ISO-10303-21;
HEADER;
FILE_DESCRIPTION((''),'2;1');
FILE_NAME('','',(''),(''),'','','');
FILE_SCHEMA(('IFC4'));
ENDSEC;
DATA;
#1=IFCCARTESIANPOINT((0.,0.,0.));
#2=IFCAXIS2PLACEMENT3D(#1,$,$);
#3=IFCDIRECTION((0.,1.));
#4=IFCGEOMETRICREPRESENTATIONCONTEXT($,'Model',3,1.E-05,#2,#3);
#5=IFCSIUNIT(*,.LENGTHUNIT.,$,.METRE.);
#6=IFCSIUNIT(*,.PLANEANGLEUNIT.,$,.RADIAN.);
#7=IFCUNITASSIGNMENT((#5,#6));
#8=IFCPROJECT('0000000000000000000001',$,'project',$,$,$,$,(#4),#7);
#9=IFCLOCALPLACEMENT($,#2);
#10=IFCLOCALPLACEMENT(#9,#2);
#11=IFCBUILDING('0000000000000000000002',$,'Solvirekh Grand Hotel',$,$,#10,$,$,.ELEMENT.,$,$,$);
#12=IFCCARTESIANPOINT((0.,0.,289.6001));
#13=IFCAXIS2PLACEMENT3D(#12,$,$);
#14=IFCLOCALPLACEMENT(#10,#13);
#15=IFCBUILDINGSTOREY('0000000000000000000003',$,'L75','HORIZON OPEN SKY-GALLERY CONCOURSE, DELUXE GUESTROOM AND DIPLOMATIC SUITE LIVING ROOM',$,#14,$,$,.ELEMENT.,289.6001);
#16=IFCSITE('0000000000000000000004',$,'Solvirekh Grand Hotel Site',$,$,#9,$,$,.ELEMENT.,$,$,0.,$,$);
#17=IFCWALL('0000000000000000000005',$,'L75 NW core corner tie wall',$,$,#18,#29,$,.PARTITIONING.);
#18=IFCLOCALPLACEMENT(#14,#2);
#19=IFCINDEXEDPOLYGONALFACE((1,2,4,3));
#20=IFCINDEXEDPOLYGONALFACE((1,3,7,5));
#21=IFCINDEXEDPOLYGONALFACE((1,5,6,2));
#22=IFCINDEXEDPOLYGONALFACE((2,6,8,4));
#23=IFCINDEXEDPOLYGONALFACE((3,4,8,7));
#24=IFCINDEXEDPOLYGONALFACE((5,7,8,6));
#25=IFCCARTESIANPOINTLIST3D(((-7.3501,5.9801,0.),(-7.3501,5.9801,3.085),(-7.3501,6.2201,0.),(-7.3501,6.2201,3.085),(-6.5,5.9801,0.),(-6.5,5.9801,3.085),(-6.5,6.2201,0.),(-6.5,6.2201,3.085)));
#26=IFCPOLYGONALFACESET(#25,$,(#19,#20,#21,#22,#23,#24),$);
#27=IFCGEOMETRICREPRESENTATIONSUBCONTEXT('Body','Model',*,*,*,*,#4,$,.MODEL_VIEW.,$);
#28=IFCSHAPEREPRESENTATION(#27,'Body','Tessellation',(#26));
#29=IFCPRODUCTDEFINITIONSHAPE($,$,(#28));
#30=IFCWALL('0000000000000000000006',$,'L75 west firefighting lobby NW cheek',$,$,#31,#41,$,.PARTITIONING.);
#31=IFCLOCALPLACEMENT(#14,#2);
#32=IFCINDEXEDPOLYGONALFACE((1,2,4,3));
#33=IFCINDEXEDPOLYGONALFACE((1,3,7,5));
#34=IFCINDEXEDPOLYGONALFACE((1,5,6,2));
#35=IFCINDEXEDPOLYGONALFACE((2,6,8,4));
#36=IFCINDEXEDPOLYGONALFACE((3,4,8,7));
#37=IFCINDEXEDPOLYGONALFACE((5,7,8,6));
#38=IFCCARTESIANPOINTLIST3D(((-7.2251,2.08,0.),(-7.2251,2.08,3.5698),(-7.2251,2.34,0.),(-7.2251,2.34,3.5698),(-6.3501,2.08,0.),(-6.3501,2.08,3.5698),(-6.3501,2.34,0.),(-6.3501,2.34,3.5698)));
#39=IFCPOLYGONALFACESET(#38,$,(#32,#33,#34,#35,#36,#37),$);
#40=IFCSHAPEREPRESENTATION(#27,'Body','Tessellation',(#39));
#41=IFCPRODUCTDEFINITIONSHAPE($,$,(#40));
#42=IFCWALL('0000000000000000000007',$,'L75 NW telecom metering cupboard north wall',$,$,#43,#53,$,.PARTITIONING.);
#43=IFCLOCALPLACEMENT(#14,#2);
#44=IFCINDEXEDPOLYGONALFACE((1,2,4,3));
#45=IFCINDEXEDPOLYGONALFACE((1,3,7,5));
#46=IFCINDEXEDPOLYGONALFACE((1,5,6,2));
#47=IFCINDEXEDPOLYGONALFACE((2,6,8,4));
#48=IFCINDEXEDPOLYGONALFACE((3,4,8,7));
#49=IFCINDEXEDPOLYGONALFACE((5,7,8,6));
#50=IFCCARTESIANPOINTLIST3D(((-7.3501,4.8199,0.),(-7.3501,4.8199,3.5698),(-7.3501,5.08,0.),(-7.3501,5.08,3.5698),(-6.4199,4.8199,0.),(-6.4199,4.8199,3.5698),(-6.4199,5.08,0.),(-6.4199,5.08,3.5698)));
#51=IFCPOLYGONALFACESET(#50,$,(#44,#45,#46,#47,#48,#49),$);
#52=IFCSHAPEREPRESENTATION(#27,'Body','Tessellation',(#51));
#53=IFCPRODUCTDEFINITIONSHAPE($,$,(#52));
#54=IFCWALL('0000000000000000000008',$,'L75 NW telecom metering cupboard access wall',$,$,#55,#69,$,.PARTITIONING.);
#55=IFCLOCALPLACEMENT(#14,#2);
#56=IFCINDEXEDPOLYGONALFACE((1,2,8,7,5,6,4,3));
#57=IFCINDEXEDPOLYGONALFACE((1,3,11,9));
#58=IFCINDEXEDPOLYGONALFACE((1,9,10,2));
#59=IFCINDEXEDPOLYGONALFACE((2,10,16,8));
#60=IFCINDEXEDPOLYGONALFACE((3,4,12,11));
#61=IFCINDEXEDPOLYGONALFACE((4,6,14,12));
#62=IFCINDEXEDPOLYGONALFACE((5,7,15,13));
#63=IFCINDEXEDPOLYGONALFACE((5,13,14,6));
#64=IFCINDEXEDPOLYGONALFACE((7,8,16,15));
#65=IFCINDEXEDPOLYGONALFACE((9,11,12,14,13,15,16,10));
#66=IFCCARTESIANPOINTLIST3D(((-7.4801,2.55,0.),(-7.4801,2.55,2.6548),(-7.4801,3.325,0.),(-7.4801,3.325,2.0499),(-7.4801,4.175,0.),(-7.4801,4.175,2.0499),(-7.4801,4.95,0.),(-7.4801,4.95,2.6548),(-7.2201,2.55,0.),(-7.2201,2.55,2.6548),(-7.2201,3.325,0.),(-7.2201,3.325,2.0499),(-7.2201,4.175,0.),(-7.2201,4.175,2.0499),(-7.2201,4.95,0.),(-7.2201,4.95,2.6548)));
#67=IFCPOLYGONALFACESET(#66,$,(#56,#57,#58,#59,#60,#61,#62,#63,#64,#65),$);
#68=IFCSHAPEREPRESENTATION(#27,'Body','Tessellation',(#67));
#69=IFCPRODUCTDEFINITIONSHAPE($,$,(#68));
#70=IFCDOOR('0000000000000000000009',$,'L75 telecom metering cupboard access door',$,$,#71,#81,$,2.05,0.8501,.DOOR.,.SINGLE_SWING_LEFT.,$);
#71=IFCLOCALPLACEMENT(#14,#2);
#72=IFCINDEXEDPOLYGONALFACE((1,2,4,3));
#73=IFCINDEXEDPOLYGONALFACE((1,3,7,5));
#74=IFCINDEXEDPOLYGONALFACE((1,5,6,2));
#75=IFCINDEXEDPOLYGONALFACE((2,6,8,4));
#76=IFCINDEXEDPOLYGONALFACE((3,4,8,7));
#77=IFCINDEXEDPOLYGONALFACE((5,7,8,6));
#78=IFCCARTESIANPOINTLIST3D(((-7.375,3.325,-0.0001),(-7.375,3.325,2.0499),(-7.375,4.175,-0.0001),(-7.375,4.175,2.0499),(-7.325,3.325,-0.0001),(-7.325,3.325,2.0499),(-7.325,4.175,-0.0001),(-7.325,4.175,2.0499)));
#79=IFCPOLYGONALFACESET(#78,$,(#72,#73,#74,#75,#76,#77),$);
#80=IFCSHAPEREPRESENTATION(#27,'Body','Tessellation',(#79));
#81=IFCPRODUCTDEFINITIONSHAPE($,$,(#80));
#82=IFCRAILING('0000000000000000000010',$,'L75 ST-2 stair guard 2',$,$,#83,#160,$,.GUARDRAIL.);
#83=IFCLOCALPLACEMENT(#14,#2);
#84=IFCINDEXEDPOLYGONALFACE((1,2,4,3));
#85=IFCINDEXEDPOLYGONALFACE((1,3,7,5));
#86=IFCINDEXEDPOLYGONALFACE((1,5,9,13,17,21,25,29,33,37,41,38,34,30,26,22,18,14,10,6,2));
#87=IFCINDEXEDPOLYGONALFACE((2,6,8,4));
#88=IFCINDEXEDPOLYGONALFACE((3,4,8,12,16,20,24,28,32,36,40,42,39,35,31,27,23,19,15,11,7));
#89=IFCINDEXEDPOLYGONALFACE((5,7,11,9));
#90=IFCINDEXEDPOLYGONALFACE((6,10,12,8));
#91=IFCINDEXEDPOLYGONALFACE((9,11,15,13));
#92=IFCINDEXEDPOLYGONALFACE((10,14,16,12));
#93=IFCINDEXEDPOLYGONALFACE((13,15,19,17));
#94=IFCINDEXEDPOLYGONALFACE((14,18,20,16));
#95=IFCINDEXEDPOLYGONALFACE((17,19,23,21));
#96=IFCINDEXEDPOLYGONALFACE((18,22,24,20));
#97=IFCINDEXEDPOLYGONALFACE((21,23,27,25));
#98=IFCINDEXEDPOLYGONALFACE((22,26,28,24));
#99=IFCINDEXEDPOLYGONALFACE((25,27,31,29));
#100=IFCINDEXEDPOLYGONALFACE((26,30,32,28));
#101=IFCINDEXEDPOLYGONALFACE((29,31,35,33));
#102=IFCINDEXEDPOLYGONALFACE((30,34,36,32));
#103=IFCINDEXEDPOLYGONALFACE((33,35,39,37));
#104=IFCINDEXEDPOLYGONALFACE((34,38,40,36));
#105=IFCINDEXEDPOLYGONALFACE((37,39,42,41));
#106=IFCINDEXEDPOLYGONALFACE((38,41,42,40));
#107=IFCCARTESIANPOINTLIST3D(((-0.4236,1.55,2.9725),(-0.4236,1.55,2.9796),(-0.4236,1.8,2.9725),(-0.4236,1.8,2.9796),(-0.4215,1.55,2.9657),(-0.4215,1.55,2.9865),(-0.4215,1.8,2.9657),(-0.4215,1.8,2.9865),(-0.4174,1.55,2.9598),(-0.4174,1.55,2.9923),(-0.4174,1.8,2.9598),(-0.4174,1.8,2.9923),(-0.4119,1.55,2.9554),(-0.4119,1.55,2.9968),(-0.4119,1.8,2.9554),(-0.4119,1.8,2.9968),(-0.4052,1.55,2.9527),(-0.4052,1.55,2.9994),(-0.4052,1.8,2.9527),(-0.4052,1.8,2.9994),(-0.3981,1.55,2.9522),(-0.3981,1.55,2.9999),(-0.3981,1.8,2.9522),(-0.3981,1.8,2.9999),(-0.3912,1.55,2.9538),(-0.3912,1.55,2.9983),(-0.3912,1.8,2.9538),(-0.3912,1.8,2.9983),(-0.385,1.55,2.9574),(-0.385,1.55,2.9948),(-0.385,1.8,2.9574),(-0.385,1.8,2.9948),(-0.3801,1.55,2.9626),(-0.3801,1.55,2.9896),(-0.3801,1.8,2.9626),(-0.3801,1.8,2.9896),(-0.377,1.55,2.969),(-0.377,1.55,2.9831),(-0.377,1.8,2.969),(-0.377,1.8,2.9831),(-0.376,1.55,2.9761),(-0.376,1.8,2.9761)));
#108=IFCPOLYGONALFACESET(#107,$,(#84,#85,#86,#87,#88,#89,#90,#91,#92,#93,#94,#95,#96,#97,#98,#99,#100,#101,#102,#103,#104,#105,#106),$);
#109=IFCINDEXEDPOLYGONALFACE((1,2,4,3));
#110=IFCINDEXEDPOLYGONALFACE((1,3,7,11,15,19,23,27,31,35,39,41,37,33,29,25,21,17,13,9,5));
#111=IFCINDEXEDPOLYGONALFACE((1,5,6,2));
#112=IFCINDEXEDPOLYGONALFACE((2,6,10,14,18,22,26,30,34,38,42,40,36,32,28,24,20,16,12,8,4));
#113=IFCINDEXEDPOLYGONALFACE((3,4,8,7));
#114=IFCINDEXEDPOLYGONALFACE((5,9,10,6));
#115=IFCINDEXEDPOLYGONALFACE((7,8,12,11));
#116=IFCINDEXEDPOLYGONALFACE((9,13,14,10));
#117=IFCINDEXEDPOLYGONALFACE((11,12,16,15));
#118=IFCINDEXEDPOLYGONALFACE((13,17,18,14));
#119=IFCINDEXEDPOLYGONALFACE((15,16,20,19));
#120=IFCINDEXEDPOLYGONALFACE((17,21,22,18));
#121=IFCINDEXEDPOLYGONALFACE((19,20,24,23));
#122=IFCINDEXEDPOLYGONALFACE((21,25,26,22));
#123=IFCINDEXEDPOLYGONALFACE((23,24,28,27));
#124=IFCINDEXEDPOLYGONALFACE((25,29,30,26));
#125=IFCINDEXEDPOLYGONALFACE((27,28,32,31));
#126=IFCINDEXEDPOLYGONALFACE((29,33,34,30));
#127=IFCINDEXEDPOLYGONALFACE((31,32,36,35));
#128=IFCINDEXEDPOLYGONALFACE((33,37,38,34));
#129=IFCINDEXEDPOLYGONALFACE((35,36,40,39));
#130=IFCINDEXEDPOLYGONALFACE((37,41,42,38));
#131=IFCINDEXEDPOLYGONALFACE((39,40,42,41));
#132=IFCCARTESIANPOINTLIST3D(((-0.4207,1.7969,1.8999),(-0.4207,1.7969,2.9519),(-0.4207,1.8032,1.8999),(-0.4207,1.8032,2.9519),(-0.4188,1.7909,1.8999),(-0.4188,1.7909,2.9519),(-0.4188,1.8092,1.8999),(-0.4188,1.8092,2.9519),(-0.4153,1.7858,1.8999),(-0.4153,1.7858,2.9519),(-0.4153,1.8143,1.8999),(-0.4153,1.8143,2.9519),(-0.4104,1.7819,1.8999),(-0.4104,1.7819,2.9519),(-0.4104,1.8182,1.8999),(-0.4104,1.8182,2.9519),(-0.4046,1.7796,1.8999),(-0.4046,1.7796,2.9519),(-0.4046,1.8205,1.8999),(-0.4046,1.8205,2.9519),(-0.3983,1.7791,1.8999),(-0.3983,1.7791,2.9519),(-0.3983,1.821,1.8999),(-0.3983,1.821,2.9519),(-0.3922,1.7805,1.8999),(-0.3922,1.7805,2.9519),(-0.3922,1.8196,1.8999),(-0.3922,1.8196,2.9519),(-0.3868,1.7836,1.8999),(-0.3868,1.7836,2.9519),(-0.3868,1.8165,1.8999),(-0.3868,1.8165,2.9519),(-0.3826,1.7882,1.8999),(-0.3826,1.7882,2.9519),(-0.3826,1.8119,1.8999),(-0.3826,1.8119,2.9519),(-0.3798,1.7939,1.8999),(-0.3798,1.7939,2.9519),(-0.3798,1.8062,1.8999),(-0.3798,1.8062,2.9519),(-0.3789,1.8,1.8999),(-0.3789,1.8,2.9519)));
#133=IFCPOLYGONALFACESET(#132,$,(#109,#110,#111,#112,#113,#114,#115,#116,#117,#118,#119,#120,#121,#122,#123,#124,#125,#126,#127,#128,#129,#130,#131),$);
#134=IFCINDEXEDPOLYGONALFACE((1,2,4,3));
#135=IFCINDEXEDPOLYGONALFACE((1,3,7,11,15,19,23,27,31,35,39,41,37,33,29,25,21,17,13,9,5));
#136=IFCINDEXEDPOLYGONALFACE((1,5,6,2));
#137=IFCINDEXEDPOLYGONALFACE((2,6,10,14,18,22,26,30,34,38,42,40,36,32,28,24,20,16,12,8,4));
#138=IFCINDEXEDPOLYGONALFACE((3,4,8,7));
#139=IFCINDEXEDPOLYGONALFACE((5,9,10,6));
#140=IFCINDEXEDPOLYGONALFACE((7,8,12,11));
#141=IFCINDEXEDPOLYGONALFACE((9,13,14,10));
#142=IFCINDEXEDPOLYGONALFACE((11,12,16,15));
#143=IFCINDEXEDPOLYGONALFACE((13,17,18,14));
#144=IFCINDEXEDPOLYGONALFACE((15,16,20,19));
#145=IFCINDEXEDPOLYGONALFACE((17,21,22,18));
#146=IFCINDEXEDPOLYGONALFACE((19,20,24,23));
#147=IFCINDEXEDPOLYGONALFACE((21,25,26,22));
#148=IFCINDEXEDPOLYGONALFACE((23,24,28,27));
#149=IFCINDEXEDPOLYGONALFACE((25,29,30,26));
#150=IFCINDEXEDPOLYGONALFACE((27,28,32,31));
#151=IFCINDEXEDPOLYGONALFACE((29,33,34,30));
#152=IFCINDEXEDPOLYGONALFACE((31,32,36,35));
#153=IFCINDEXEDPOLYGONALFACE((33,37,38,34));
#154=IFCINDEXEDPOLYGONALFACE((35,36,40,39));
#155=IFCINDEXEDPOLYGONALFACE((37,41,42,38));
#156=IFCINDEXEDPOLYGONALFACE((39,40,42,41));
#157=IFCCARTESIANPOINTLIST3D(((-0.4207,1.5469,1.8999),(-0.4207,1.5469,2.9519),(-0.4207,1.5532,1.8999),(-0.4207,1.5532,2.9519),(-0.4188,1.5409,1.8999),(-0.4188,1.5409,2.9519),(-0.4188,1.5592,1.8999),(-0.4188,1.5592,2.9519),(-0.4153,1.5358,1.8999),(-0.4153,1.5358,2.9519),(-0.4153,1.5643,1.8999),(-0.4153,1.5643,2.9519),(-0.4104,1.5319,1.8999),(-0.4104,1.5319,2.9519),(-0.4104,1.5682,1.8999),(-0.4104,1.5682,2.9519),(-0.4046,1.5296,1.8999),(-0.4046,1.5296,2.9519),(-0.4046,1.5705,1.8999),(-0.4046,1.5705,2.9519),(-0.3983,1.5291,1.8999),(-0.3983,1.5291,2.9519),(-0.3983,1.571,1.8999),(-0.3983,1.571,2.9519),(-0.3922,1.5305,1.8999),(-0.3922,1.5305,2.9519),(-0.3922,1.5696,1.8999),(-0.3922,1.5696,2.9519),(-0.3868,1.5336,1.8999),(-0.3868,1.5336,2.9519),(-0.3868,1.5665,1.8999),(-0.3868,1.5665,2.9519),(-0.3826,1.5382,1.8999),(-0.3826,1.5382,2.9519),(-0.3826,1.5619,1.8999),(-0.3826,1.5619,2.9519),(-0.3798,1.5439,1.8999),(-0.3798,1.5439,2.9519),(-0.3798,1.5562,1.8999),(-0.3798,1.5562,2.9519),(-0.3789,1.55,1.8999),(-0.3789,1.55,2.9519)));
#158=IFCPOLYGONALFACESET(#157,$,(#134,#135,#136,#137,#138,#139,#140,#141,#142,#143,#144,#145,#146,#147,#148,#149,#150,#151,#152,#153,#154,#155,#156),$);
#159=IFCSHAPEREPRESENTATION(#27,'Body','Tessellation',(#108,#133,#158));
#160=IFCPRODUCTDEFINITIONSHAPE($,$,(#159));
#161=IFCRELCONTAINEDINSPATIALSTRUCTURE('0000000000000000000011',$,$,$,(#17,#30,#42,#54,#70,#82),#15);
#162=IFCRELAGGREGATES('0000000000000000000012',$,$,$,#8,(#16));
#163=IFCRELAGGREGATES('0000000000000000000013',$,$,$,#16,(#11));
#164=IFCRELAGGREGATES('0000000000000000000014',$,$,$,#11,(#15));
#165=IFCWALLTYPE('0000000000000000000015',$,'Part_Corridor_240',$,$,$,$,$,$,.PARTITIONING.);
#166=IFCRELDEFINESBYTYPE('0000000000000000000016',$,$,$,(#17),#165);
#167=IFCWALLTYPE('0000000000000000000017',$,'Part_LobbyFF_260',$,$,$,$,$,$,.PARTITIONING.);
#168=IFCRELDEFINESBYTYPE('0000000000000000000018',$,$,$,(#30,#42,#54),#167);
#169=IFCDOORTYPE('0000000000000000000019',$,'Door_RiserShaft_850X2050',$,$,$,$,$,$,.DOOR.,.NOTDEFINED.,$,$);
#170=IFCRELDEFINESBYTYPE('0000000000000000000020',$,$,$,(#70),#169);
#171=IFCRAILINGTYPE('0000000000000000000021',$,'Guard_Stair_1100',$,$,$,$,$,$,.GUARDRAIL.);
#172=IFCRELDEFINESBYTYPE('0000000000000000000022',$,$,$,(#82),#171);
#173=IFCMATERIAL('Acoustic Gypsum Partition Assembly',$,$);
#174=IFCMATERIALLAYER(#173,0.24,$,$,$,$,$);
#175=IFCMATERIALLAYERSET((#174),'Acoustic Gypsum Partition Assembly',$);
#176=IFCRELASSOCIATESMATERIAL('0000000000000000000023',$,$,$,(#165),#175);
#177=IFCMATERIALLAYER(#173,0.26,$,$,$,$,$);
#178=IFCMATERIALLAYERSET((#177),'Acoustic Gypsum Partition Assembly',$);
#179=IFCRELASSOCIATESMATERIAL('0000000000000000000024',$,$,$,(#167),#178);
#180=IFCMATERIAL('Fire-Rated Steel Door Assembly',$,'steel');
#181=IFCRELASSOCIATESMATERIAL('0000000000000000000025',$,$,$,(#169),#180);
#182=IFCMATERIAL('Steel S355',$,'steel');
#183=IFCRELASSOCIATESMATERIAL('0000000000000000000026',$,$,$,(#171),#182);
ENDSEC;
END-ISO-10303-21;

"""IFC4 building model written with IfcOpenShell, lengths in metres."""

from ifc_helpers import new_model, si_unit, direction, frame, frame_2d, origin, origin_2d, place, context, subcontext, project, spatial, rectangle, circle, extrude, material, layer, layer_set, type_object, element, fill, save


model = new_model("IFC4")

# Units and contexts
model_context = context("Model", 3, precision=1e-05, world=origin(), true_north=direction((0.0, 1.0)))
body_context = subcontext(model_context, "Body", "Model", "MODEL_VIEW")
ifc_project = project(units=[si_unit("LENGTHUNIT", "METRE"), si_unit("PLANEANGLEUNIT", "RADIAN")], contexts=[model_context])

# Site, building, storey
site_placement = place(None, origin())
site = spatial("IfcSite", under=ifc_project, at=site_placement, Name="Solvirekh Grand Hotel Site", CompositionType="ELEMENT", RefElevation=0.0)
building_placement = place(site_placement, origin())
building = spatial("IfcBuilding", under=site, at=building_placement, Name="Solvirekh Grand Hotel", CompositionType="ELEMENT")
storey_placement = place(building_placement, frame((0.0, 0.0, 289.6001)))
storey = spatial("IfcBuildingStorey", under=building, at=storey_placement, Name="L75", Description="HORIZON OPEN SKY-GALLERY CONCOURSE, DELUXE GUESTROOM AND DIPLOMATIC SUITE LIVING ROOM", CompositionType="ELEMENT", Elevation=289.6001)

# Shared definitions
ifc_material_1 = material(Name="Fire-Rated Steel Door Assembly", Category="steel")

# Walls
ifc_material_2 = material(Name="Acoustic Gypsum Partition Assembly")
ifc_layer_1 = layer(ifc_material_2, 0.24)
ifc_layer_set_1 = layer_set([ifc_layer_1], Name="Acoustic Gypsum Partition Assembly")
wall_type_1 = type_object("IfcWallType", Name="Part_Corridor_240", PredefinedType="PARTITIONING", material=ifc_layer_set_1)
wall_1_placement = place(storey_placement, frame((-7.3501, 6.1001, 0.0), z_axis=(0.0, 0.0, 1.0), x_axis=(1.0, 0.0, 0.0)))
element("IfcWall", 1, at=wall_1_placement, inside=storey, type_object=wall_type_1, Name="L75 NW core corner tie wall", PredefinedType="PARTITIONING", context=body_context, shape_type="SweptSolid", body=[
    extrude(rectangle(XDim=0.8501, YDim=0.24, at=frame_2d((0.425, 0.0))), origin(), (0.0, 0.0, 1.0), 3.085),
])
ifc_layer_2 = layer(ifc_material_2, 0.26)
ifc_layer_set_2 = layer_set([ifc_layer_2], Name="Acoustic Gypsum Partition Assembly")
wall_type_2 = type_object("IfcWallType", Name="Part_LobbyFF_260", PredefinedType="PARTITIONING", material=ifc_layer_set_2)
wall_2_placement = place(storey_placement, frame((-7.2251, 2.21, 0.0), z_axis=(0.0, 0.0, 1.0), x_axis=(1.0, 0.0, 0.0)))
element("IfcWall", 2, at=wall_2_placement, inside=storey, type_object=wall_type_2, Name="L75 west firefighting lobby NW cheek", PredefinedType="PARTITIONING", context=body_context, shape_type="SweptSolid", body=[
    extrude(rectangle(XDim=0.875, YDim=0.26, at=frame_2d((0.4375, 0.0))), origin(), (0.0, 0.0, 1.0), 3.5698),
])
wall_3_placement = place(storey_placement, frame((-7.3501, 4.95, 0.0), z_axis=(0.0, 0.0, 1.0), x_axis=(1.0, 0.0, 0.0)))
element("IfcWall", 3, at=wall_3_placement, inside=storey, type_object=wall_type_2, Name="L75 NW telecom metering cupboard north wall", PredefinedType="PARTITIONING", context=body_context, shape_type="SweptSolid", body=[
    extrude(rectangle(XDim=0.9302, YDim=0.26, at=frame_2d((0.4651, 0.0))), origin(), (0.0, 0.0, 1.0), 3.5698),
])

# Wall, opening, door
wall_4_placement = place(storey_placement, frame((-7.3501, 2.55, 0.0), z_axis=(0.0, 0.0, 1.0), x_axis=(0.0, 1.0, 0.0)))
wall_4 = element("IfcWall", 4, at=wall_4_placement, inside=storey, type_object=wall_type_2, Name="L75 NW telecom metering cupboard access wall", PredefinedType="PARTITIONING", context=body_context, shape_type="SweptSolid", body=[
    extrude(rectangle(XDim=2.3999, YDim=0.26, at=frame_2d((1.2, 0.0))), origin(), (0.0, 0.0, 1.0), 2.6548),
])
opening_1_placement = place(wall_4_placement, frame((0.7749, 0.0, 0.0)))
opening_1 = element("IfcOpeningElement", 5, at=opening_1_placement, cuts=wall_4, PredefinedType="OPENING", context=body_context, shape_type="SweptSolid", body=[
    extrude(rectangle(XDim=0.8501, YDim=2.05, at=frame_2d((0.425, 1.0249))), frame((0.0, 0.1401, 0.0), z_axis=(0.0, -1.0, 0.0), x_axis=(1.0, 0.0, 0.0)), (0.0, 0.0, 1.0), 0.28),
])
door_type_1 = type_object("IfcDoorType", Name="Door_RiserShaft_850X2050", OperationType="NOTDEFINED", PredefinedType="DOOR", material=ifc_material_1)
door_1_placement = place(opening_1_placement, origin())
door_1 = element("IfcDoor", 6, at=door_1_placement, inside=storey, type_object=door_type_1, Name="L75 telecom metering cupboard access door", OperationType="SINGLE_SWING_LEFT", OverallHeight=2.05, OverallWidth=0.8501, PredefinedType="DOOR", context=body_context, shape_type="SweptSolid", body=[
    extrude(rectangle(XDim=0.8501, YDim=2.05, at=frame_2d((0.425, 1.0249))), frame((0.0, 0.0249, 0.0), z_axis=(0.0, -1.0, 0.0), x_axis=(1.0, 0.0, 0.0)), (0.0, 0.0, 1.0), 0.05),
])
fill(opening_1, door_1)

# Railing
ifc_material_3 = material(Name="Steel S355", Category="steel")
railing_type = type_object("IfcRailingType", Name="Guard_Stair_1100", PredefinedType="GUARDRAIL", material=ifc_material_3)
railing_placement = place(storey_placement, frame((-0.3999, 1.8, 1.8999)))
element("IfcRailing", 7, at=railing_placement, inside=storey, type_object=railing_type, Name="L75 ST-2 stair guard 2", PredefinedType="GUARDRAIL", context=body_context, shape_type="SweptSolid", body=[
    extrude(circle(Radius=0.0239, at=origin_2d()), frame((0.0, 0.0, 1.0762), z_axis=(0.0, -1.0, 0.0), x_axis=(1.0, 0.0, 0.0)), (0.0, 0.0, 1.0), 0.25),
    extrude(circle(Radius=0.021, at=origin_2d()), origin(), (0.0, 0.0, 1.0), 1.052),
    extrude(circle(Radius=0.021, at=origin_2d()), frame((0.0, -0.25, 0.0)), (0.0, 0.0, 1.0), 1.052),
])

save(model, "model.ifc")
